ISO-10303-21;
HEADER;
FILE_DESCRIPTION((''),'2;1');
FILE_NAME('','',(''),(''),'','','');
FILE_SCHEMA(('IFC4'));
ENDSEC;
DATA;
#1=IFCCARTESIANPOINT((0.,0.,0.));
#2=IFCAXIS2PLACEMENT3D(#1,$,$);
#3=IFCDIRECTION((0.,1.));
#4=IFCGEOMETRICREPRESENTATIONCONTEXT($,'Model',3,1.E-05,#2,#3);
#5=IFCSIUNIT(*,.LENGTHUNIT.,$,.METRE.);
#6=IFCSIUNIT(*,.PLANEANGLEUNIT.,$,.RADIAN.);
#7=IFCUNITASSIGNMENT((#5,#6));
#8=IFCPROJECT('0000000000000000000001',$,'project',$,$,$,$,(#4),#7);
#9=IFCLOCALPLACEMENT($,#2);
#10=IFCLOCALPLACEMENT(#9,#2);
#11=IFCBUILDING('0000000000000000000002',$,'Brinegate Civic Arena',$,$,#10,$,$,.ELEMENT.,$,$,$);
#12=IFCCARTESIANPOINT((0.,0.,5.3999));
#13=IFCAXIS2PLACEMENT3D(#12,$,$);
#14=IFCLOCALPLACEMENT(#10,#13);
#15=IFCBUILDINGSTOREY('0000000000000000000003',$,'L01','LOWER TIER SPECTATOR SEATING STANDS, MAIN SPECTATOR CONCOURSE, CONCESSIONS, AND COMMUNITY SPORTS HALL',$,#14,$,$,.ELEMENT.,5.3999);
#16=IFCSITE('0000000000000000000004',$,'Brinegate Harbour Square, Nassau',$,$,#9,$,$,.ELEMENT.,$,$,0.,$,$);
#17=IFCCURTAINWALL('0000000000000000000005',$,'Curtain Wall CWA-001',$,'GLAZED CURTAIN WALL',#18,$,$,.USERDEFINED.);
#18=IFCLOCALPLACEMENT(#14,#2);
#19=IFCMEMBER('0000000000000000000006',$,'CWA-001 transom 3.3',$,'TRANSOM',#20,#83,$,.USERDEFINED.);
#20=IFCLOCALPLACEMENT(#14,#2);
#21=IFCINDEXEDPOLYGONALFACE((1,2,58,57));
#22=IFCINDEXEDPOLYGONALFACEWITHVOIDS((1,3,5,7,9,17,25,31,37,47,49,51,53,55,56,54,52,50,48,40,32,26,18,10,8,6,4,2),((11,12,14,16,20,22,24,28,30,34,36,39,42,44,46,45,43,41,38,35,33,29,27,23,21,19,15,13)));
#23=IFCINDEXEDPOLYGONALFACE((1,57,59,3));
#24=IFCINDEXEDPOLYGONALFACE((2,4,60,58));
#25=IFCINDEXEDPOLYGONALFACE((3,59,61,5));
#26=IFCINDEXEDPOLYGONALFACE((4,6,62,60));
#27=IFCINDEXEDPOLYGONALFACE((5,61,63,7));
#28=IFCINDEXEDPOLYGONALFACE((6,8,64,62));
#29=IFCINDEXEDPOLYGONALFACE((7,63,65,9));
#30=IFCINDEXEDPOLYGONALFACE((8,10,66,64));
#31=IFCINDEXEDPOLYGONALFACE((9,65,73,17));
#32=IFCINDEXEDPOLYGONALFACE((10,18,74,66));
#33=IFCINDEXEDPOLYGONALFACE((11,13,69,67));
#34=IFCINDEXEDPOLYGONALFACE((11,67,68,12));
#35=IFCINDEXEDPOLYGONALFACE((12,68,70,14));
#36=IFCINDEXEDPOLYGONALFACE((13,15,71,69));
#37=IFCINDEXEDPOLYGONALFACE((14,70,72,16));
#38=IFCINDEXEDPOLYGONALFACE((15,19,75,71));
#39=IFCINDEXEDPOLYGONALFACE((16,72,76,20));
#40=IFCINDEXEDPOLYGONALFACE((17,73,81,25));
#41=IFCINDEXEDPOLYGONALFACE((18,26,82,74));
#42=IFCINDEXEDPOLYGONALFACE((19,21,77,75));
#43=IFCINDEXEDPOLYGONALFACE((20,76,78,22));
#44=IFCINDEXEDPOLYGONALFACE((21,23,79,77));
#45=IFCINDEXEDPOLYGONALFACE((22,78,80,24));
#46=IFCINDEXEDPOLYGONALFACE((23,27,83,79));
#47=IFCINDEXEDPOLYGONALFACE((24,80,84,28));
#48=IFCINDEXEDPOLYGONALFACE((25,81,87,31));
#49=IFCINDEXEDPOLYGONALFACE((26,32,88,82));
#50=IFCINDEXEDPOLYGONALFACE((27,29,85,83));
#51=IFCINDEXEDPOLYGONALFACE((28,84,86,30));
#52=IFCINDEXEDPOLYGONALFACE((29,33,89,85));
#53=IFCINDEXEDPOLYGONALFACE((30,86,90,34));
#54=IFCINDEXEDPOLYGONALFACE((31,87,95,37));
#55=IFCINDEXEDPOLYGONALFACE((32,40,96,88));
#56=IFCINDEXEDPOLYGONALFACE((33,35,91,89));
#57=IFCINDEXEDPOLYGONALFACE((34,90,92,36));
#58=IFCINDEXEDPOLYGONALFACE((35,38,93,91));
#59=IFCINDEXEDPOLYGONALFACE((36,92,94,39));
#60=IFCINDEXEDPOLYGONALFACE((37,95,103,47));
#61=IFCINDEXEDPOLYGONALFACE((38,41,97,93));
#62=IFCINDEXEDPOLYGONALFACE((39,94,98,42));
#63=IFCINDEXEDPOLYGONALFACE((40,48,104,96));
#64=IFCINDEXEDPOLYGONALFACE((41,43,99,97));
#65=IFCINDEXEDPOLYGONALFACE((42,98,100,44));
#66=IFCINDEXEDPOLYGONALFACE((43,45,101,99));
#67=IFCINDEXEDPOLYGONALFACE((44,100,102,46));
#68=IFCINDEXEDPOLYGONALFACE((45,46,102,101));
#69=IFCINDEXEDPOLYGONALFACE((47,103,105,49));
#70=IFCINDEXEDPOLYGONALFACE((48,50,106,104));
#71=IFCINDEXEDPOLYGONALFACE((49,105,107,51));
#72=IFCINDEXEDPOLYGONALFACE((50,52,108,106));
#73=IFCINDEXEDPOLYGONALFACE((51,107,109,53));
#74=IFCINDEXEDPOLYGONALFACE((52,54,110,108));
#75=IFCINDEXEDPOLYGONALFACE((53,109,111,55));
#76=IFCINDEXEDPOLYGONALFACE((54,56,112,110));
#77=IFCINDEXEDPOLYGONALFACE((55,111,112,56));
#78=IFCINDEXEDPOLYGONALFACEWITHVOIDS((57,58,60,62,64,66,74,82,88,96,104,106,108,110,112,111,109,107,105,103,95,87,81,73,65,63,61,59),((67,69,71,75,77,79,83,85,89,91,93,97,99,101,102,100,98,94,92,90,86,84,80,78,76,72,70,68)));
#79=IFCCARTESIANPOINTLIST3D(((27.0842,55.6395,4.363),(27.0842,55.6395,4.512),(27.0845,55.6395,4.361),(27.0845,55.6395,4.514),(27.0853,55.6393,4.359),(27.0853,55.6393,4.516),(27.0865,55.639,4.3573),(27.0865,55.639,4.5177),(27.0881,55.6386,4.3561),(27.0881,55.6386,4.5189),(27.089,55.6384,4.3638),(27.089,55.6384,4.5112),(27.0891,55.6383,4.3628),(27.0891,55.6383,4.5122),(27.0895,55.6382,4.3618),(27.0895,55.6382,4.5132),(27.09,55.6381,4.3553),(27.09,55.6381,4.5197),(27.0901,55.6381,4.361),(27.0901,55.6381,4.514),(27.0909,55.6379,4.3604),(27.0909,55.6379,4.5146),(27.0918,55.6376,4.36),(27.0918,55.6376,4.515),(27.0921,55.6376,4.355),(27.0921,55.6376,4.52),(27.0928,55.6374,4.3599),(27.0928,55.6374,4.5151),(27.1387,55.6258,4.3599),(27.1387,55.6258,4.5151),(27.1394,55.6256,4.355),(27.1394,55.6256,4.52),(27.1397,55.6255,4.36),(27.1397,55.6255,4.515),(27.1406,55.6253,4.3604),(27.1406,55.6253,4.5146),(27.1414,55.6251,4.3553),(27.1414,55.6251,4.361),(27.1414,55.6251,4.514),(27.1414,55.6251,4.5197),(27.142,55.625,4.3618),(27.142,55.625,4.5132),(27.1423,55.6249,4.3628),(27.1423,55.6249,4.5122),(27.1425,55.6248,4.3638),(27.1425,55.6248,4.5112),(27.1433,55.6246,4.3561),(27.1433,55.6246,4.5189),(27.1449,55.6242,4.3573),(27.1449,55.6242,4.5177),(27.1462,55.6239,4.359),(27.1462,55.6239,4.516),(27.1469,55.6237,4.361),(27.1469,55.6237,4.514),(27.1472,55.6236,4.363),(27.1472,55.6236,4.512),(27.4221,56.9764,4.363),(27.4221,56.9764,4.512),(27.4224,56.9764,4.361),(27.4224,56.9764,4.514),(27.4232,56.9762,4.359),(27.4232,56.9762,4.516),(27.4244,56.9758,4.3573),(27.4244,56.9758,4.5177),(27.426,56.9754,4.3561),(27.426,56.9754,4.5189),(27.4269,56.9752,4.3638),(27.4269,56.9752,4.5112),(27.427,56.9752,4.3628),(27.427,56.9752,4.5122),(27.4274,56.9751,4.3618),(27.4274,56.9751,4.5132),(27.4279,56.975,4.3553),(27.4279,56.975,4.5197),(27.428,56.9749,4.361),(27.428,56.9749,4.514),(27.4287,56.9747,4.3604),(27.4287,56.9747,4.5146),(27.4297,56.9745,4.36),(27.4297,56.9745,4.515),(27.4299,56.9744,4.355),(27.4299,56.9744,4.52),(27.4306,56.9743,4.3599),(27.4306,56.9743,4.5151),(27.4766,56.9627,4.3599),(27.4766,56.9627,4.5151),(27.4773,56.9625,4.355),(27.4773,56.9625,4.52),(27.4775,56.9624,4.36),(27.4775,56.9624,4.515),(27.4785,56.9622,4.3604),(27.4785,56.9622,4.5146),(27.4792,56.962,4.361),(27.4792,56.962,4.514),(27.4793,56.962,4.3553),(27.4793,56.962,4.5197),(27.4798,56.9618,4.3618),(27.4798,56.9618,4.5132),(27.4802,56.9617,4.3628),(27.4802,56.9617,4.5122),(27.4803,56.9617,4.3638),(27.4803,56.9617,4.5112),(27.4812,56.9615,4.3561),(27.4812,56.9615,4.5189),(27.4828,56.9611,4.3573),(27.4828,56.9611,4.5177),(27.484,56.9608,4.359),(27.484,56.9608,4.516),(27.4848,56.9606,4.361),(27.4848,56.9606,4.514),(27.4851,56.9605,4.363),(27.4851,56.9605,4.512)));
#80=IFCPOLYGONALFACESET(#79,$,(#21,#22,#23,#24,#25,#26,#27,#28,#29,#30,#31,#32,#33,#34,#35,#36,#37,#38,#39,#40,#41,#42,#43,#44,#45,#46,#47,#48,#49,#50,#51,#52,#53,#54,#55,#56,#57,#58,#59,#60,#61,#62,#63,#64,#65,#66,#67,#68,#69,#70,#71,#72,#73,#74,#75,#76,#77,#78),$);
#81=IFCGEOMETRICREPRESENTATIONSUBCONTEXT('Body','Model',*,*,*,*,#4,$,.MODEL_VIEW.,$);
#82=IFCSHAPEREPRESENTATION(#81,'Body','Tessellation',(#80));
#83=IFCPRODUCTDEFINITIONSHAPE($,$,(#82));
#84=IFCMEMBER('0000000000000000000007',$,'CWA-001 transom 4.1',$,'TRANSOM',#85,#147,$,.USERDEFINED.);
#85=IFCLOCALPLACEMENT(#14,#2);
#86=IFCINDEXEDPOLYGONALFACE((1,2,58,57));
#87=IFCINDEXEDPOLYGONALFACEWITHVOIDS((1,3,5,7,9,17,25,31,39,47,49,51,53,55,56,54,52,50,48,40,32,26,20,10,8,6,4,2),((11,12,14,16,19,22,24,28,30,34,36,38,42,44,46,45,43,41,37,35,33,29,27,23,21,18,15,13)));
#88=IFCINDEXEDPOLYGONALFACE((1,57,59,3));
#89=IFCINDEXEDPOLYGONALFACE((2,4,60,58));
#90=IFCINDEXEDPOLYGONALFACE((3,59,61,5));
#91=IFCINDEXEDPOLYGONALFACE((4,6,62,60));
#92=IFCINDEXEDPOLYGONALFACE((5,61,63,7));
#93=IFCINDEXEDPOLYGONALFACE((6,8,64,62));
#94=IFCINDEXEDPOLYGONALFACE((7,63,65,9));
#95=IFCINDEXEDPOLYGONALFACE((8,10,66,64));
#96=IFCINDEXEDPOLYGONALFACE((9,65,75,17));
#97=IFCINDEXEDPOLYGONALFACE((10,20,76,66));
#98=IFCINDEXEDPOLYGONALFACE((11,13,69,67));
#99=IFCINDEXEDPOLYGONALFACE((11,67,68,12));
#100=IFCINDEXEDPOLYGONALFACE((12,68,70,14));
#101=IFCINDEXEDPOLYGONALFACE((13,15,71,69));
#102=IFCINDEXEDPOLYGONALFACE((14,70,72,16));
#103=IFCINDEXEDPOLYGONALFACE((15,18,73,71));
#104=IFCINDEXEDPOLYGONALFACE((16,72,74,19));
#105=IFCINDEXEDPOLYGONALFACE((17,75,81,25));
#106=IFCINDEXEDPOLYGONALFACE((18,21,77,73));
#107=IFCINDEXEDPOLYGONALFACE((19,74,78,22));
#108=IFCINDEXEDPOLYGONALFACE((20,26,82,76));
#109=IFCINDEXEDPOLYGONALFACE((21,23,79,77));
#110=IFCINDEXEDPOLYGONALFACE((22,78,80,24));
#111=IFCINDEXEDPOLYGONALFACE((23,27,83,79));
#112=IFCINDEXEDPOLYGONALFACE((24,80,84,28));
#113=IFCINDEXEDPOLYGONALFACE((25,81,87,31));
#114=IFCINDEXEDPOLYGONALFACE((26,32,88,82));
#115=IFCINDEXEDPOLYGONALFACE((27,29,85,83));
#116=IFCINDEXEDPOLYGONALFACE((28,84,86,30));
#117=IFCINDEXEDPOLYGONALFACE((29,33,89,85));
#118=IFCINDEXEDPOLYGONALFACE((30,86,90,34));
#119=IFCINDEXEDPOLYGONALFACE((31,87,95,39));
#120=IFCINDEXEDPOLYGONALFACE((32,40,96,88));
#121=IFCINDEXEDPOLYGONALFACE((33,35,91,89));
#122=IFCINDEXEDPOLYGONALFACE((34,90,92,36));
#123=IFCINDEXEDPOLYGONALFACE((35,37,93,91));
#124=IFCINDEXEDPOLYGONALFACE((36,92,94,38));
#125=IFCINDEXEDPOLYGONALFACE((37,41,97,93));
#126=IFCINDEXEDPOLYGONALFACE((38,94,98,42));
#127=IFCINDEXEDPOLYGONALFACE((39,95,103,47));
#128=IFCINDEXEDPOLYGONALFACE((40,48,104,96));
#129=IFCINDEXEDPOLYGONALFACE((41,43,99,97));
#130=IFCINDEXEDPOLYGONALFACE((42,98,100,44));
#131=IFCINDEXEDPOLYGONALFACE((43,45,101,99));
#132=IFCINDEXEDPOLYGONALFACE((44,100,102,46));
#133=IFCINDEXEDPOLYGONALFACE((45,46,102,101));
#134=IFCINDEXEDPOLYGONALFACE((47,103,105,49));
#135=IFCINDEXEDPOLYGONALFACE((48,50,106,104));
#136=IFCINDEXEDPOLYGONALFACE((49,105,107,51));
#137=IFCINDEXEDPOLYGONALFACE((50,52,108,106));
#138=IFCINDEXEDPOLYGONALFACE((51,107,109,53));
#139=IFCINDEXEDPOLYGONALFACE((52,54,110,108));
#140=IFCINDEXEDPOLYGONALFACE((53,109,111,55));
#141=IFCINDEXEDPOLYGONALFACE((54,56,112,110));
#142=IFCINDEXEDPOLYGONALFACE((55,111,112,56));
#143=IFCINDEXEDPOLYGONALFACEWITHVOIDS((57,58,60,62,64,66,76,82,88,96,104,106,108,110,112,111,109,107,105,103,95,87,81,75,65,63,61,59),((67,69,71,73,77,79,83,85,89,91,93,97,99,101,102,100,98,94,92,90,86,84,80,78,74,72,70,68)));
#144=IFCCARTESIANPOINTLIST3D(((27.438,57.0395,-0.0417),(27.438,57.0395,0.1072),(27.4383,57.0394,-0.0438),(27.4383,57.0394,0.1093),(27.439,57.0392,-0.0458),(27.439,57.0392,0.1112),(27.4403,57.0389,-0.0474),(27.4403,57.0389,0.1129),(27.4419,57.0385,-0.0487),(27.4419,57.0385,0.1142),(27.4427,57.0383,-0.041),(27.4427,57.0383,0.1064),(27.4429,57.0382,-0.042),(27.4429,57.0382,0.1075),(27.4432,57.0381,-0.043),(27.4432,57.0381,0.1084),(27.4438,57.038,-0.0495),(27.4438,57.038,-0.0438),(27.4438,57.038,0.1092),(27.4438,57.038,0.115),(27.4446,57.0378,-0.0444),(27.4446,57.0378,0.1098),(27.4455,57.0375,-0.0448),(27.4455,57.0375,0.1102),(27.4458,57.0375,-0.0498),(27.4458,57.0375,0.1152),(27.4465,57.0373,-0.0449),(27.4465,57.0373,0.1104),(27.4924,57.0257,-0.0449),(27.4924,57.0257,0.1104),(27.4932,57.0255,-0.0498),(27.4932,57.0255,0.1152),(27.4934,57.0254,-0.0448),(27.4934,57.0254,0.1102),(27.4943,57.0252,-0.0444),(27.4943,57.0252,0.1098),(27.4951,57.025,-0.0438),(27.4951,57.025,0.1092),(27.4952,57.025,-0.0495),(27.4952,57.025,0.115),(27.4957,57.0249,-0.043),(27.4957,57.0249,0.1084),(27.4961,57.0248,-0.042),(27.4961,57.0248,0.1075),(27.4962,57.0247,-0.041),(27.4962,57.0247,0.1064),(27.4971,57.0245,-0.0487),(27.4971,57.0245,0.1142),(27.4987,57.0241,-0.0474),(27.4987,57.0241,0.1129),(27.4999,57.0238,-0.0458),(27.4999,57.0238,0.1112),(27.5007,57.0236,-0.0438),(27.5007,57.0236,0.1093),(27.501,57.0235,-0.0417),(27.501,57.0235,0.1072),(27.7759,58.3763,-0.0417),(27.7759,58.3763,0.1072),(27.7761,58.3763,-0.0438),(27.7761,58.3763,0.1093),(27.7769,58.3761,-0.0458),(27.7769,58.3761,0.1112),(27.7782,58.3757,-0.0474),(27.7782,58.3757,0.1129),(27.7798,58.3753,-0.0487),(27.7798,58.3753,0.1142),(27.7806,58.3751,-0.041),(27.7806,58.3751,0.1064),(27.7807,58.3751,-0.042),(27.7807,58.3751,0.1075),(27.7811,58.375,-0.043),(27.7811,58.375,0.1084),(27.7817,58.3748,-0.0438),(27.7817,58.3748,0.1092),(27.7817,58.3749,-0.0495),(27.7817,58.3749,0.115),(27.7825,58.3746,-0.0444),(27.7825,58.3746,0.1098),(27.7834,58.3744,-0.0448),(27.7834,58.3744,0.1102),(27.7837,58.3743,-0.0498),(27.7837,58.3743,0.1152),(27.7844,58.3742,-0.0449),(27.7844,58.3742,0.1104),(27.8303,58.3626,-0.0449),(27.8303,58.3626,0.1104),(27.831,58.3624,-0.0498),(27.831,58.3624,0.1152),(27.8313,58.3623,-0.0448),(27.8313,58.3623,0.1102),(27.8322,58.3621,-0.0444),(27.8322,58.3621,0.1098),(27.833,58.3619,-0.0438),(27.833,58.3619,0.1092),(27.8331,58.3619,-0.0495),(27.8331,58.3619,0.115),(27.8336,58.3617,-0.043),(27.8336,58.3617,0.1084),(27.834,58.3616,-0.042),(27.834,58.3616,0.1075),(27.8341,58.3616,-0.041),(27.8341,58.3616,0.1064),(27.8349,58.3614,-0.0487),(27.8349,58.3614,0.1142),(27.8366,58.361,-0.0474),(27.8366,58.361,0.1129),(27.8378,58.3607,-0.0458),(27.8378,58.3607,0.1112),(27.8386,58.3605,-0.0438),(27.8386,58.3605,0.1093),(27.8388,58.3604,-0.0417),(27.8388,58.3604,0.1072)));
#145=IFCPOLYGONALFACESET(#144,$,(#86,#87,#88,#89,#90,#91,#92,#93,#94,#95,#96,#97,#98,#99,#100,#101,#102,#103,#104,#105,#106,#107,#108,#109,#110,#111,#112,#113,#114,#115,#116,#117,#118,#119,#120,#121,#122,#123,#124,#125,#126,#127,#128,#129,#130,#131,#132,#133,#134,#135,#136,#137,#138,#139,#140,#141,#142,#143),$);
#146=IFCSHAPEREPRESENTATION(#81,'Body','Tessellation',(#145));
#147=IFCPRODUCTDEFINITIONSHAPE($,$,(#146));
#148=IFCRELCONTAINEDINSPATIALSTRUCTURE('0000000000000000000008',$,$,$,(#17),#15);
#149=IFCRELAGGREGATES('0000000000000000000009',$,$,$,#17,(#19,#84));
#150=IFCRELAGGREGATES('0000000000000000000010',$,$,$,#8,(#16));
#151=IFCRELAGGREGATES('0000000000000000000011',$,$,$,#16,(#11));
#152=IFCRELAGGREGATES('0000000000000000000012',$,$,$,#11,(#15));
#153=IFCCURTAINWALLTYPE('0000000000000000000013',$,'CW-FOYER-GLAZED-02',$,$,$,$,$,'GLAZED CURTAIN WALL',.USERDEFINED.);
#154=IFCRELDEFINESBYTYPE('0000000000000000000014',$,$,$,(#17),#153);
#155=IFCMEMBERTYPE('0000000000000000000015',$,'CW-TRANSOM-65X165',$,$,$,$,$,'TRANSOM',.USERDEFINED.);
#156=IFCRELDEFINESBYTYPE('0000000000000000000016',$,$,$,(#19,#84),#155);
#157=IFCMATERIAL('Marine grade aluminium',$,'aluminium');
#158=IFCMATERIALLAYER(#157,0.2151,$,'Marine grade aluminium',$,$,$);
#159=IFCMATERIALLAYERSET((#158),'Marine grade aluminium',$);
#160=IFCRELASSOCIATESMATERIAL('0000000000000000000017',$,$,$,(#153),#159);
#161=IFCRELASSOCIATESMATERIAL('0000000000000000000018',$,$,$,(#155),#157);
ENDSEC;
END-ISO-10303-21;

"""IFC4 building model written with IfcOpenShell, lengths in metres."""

from ifc_helpers import new_model, si_unit, direction, frame, origin, origin_2d, place, context, subcontext, project, spatial, hollow_rectangle, extrude, material, layer, layer_set, material_profile, profile_set, type_object, element, aggregate, save


model = new_model("IFC4")

# Units and contexts
model_context = context("Model", 3, precision=1e-05, world=origin(), true_north=direction((0.0, 1.0)))
body_context = subcontext(model_context, "Body", "Model", "MODEL_VIEW")
ifc_project = project(units=[si_unit("LENGTHUNIT", "METRE"), si_unit("PLANEANGLEUNIT", "RADIAN")], contexts=[model_context])

# Site, building, storey
site_placement = place(None, origin())
site = spatial("IfcSite", under=ifc_project, at=site_placement, Name="Brinegate Harbour Square, Nassau", CompositionType="ELEMENT", RefElevation=0.0)
building_placement = place(site_placement, origin())
building = spatial("IfcBuilding", under=site, at=building_placement, Name="Brinegate Civic Arena", CompositionType="ELEMENT")
storey_placement = place(building_placement, frame((0.0, 0.0, 5.3999)))
storey = spatial("IfcBuildingStorey", under=building, at=storey_placement, Name="L01", Description="LOWER TIER SPECTATOR SEATING STANDS, MAIN SPECTATOR CONCOURSE, CONCESSIONS, AND COMMUNITY SPORTS HALL", CompositionType="ELEMENT", Elevation=5.3999)

# Curtain wall, members
ifc_material_1 = material(Name="Marine grade aluminium", Category="aluminium")
ifc_layer_1 = layer(ifc_material_1, 0.2151, Name="Marine grade aluminium")
ifc_layer_set_1 = layer_set([ifc_layer_1], Name="Marine grade aluminium")
curtain_wall_type = type_object("IfcCurtainWallType", Name="CW-FOYER-GLAZED-02", ElementType="GLAZED CURTAIN WALL", PredefinedType="USERDEFINED", material=ifc_layer_set_1)
curtain_wall_placement = place(storey_placement, origin())
curtain_wall = element("IfcCurtainWall", 1, at=curtain_wall_placement, inside=storey, type_object=curtain_wall_type, Name="Curtain Wall CWA-001", ObjectType="GLAZED CURTAIN WALL", PredefinedType="USERDEFINED")
ifc_material_profile_1 = material_profile(ifc_material_1, hollow_rectangle(XDim=0.0649, YDim=0.165, WallThickness=0.0049, InnerFilletRadius=0.0039, OuterFilletRadius=0.0081, at=origin_2d()), Name="TRN65X165")
ifc_profile_set_1 = profile_set([ifc_material_profile_1], Name="Marine grade aluminium")
member_type_1 = type_object("IfcMemberType", Name="CW-TRANSOM-65X165", ElementType="TRANSOM", PredefinedType="USERDEFINED", material=ifc_profile_set_1)
member_1_placement = place(storey_placement, frame((27.1157, 55.6316, 4.4375), z_axis=(0.245034, 0.969514, 0.0), x_axis=(-0.969514, 0.245034, 0.0)))
member_1 = element("IfcMember", 2, at=member_1_placement, type_object=member_type_1, Name="CWA-001 transom 3.3", ObjectType="TRANSOM", PredefinedType="USERDEFINED", context=body_context, shape_type="SweptSolid", body=[
    extrude(hollow_rectangle(XDim=0.0649, YDim=0.165, WallThickness=0.0049, InnerFilletRadius=0.0039, OuterFilletRadius=0.0081, at=origin_2d()), origin(), (0.0, 0.0, 1.0), 1.3789),
])
member_2_placement = place(storey_placement, frame((27.4695, 57.0315, 0.0327), z_axis=(0.245034, 0.969514, 0.0), x_axis=(-0.969514, 0.245034, 0.0)))
member_2 = element("IfcMember", 3, at=member_2_placement, type_object=member_type_1, Name="CWA-001 transom 4.1", ObjectType="TRANSOM", PredefinedType="USERDEFINED", context=body_context, shape_type="SweptSolid", body=[
    extrude(hollow_rectangle(XDim=0.0649, YDim=0.165, WallThickness=0.0049, InnerFilletRadius=0.0039, OuterFilletRadius=0.0081, at=origin_2d()), origin(), (0.0, 0.0, 1.0), 1.3789),
])
aggregate(curtain_wall, [member_1, member_2])

save(model, "model.ifc")
